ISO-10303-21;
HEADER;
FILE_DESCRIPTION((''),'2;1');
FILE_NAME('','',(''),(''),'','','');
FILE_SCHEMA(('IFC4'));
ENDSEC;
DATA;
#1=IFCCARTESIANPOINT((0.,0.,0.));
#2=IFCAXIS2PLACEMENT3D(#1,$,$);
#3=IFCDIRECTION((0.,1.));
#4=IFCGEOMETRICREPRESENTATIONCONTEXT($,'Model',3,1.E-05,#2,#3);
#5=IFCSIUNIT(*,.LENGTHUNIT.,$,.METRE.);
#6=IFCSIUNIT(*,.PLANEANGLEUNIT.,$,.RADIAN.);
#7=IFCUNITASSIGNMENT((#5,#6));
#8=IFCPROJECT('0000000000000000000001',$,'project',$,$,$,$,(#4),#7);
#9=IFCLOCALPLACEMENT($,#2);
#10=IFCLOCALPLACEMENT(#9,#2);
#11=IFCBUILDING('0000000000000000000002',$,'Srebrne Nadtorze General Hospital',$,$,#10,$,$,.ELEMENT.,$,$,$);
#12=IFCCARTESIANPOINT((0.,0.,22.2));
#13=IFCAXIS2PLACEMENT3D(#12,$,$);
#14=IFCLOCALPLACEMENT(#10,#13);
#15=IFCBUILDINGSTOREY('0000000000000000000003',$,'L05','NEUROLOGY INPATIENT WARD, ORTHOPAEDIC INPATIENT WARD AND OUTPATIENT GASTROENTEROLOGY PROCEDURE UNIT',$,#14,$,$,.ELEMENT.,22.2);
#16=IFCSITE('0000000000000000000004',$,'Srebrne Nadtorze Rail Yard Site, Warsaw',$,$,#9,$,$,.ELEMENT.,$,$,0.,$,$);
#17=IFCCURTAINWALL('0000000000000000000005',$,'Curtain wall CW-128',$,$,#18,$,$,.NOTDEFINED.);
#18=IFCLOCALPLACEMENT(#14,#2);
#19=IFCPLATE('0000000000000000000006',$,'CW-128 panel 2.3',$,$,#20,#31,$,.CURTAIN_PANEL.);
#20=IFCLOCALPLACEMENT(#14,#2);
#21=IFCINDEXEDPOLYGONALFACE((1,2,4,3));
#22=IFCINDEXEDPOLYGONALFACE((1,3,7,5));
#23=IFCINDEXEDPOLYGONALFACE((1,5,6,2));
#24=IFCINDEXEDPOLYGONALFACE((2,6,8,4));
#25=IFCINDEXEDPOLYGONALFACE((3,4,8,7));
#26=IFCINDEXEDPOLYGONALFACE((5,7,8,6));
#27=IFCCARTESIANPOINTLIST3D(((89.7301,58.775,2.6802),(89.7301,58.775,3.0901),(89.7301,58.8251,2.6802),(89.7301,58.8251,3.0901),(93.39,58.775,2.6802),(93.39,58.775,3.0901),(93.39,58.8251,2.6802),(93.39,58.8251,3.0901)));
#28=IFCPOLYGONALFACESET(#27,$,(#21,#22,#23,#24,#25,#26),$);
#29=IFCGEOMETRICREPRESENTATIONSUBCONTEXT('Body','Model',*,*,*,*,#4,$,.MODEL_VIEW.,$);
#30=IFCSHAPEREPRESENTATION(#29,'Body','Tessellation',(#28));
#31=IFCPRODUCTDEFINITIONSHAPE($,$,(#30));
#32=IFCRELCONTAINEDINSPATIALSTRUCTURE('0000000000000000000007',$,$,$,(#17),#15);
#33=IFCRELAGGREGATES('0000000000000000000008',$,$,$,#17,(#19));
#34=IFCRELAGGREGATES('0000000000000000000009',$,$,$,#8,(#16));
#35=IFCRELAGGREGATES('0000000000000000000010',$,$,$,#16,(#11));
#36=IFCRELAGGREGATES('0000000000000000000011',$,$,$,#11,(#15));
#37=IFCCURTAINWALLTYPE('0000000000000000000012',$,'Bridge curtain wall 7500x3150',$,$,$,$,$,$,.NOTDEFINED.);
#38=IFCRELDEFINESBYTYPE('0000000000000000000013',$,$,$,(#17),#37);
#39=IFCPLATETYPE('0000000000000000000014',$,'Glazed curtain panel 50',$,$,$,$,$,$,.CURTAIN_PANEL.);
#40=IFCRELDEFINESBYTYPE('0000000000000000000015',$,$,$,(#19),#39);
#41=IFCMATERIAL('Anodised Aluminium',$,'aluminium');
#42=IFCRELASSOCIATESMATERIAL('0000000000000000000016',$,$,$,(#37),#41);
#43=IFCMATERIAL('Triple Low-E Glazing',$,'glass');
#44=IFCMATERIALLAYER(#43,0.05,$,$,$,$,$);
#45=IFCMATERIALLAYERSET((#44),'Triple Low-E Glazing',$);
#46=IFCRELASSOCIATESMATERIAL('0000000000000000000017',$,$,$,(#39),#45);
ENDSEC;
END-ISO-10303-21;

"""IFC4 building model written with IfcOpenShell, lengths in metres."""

from ifc_helpers import new_model, si_unit, direction, frame, origin, origin_2d, place, context, subcontext, project, spatial, rectangle, extrude, material, layer, layer_set, type_object, element, aggregate, save


model = new_model("IFC4")

# Units and contexts
model_context = context("Model", 3, precision=1e-05, world=origin(), true_north=direction((0.0, 1.0)))
body_context = subcontext(model_context, "Body", "Model", "MODEL_VIEW")
ifc_project = project(units=[si_unit("LENGTHUNIT", "METRE"), si_unit("PLANEANGLEUNIT", "RADIAN")], contexts=[model_context])

# Site, building, storey
site_placement = place(None, origin())
site = spatial("IfcSite", under=ifc_project, at=site_placement, Name="Srebrne Nadtorze Rail Yard Site, Warsaw", CompositionType="ELEMENT", RefElevation=0.0)
building_placement = place(site_placement, origin())
building = spatial("IfcBuilding", under=site, at=building_placement, Name="Srebrne Nadtorze General Hospital", CompositionType="ELEMENT")
storey_placement = place(building_placement, frame((0.0, 0.0, 22.2)))
storey = spatial("IfcBuildingStorey", under=building, at=storey_placement, Name="L05", Description="NEUROLOGY INPATIENT WARD, ORTHOPAEDIC INPATIENT WARD AND OUTPATIENT GASTROENTEROLOGY PROCEDURE UNIT", CompositionType="ELEMENT", Elevation=22.2)

# Curtain wall
ifc_material_1 = material(Name="Anodised Aluminium", Category="aluminium")
curtain_wall_type_1 = type_object("IfcCurtainWallType", Name="Bridge curtain wall 7500x3150", PredefinedType="NOTDEFINED", material=ifc_material_1)
curtain_wall_1_placement = place(storey_placement, origin())
curtain_wall_1 = element("IfcCurtainWall", 1, at=curtain_wall_1_placement, inside=storey, type_object=curtain_wall_type_1, Name="Curtain wall CW-128", PredefinedType="NOTDEFINED")

# Plate
ifc_material_2 = material(Name="Triple Low-E Glazing", Category="glass")
ifc_layer = layer(ifc_material_2, 0.05)
ifc_layer_set = layer_set([ifc_layer], Name="Triple Low-E Glazing")
plate_type = type_object("IfcPlateType", Name="Glazed curtain panel 50", PredefinedType="CURTAIN_PANEL", material=ifc_layer_set)
plate_1_placement = place(storey_placement, frame((91.5601, 58.8, 2.6802), z_axis=(0.0, 0.0, 1.0), x_axis=(1.0, 0.0, 0.0)))
plate_1 = element("IfcPlate", 2, at=plate_1_placement, type_object=plate_type, Name="CW-128 panel 2.3", PredefinedType="CURTAIN_PANEL", context=body_context, shape_type="SweptSolid", body=[
    extrude(rectangle(XDim=3.6599, YDim=0.05, at=origin_2d()), origin(), (0.0, 0.0, 1.0), 0.4099),
])
aggregate(curtain_wall_1, [plate_1])

save(model, "model.ifc")
